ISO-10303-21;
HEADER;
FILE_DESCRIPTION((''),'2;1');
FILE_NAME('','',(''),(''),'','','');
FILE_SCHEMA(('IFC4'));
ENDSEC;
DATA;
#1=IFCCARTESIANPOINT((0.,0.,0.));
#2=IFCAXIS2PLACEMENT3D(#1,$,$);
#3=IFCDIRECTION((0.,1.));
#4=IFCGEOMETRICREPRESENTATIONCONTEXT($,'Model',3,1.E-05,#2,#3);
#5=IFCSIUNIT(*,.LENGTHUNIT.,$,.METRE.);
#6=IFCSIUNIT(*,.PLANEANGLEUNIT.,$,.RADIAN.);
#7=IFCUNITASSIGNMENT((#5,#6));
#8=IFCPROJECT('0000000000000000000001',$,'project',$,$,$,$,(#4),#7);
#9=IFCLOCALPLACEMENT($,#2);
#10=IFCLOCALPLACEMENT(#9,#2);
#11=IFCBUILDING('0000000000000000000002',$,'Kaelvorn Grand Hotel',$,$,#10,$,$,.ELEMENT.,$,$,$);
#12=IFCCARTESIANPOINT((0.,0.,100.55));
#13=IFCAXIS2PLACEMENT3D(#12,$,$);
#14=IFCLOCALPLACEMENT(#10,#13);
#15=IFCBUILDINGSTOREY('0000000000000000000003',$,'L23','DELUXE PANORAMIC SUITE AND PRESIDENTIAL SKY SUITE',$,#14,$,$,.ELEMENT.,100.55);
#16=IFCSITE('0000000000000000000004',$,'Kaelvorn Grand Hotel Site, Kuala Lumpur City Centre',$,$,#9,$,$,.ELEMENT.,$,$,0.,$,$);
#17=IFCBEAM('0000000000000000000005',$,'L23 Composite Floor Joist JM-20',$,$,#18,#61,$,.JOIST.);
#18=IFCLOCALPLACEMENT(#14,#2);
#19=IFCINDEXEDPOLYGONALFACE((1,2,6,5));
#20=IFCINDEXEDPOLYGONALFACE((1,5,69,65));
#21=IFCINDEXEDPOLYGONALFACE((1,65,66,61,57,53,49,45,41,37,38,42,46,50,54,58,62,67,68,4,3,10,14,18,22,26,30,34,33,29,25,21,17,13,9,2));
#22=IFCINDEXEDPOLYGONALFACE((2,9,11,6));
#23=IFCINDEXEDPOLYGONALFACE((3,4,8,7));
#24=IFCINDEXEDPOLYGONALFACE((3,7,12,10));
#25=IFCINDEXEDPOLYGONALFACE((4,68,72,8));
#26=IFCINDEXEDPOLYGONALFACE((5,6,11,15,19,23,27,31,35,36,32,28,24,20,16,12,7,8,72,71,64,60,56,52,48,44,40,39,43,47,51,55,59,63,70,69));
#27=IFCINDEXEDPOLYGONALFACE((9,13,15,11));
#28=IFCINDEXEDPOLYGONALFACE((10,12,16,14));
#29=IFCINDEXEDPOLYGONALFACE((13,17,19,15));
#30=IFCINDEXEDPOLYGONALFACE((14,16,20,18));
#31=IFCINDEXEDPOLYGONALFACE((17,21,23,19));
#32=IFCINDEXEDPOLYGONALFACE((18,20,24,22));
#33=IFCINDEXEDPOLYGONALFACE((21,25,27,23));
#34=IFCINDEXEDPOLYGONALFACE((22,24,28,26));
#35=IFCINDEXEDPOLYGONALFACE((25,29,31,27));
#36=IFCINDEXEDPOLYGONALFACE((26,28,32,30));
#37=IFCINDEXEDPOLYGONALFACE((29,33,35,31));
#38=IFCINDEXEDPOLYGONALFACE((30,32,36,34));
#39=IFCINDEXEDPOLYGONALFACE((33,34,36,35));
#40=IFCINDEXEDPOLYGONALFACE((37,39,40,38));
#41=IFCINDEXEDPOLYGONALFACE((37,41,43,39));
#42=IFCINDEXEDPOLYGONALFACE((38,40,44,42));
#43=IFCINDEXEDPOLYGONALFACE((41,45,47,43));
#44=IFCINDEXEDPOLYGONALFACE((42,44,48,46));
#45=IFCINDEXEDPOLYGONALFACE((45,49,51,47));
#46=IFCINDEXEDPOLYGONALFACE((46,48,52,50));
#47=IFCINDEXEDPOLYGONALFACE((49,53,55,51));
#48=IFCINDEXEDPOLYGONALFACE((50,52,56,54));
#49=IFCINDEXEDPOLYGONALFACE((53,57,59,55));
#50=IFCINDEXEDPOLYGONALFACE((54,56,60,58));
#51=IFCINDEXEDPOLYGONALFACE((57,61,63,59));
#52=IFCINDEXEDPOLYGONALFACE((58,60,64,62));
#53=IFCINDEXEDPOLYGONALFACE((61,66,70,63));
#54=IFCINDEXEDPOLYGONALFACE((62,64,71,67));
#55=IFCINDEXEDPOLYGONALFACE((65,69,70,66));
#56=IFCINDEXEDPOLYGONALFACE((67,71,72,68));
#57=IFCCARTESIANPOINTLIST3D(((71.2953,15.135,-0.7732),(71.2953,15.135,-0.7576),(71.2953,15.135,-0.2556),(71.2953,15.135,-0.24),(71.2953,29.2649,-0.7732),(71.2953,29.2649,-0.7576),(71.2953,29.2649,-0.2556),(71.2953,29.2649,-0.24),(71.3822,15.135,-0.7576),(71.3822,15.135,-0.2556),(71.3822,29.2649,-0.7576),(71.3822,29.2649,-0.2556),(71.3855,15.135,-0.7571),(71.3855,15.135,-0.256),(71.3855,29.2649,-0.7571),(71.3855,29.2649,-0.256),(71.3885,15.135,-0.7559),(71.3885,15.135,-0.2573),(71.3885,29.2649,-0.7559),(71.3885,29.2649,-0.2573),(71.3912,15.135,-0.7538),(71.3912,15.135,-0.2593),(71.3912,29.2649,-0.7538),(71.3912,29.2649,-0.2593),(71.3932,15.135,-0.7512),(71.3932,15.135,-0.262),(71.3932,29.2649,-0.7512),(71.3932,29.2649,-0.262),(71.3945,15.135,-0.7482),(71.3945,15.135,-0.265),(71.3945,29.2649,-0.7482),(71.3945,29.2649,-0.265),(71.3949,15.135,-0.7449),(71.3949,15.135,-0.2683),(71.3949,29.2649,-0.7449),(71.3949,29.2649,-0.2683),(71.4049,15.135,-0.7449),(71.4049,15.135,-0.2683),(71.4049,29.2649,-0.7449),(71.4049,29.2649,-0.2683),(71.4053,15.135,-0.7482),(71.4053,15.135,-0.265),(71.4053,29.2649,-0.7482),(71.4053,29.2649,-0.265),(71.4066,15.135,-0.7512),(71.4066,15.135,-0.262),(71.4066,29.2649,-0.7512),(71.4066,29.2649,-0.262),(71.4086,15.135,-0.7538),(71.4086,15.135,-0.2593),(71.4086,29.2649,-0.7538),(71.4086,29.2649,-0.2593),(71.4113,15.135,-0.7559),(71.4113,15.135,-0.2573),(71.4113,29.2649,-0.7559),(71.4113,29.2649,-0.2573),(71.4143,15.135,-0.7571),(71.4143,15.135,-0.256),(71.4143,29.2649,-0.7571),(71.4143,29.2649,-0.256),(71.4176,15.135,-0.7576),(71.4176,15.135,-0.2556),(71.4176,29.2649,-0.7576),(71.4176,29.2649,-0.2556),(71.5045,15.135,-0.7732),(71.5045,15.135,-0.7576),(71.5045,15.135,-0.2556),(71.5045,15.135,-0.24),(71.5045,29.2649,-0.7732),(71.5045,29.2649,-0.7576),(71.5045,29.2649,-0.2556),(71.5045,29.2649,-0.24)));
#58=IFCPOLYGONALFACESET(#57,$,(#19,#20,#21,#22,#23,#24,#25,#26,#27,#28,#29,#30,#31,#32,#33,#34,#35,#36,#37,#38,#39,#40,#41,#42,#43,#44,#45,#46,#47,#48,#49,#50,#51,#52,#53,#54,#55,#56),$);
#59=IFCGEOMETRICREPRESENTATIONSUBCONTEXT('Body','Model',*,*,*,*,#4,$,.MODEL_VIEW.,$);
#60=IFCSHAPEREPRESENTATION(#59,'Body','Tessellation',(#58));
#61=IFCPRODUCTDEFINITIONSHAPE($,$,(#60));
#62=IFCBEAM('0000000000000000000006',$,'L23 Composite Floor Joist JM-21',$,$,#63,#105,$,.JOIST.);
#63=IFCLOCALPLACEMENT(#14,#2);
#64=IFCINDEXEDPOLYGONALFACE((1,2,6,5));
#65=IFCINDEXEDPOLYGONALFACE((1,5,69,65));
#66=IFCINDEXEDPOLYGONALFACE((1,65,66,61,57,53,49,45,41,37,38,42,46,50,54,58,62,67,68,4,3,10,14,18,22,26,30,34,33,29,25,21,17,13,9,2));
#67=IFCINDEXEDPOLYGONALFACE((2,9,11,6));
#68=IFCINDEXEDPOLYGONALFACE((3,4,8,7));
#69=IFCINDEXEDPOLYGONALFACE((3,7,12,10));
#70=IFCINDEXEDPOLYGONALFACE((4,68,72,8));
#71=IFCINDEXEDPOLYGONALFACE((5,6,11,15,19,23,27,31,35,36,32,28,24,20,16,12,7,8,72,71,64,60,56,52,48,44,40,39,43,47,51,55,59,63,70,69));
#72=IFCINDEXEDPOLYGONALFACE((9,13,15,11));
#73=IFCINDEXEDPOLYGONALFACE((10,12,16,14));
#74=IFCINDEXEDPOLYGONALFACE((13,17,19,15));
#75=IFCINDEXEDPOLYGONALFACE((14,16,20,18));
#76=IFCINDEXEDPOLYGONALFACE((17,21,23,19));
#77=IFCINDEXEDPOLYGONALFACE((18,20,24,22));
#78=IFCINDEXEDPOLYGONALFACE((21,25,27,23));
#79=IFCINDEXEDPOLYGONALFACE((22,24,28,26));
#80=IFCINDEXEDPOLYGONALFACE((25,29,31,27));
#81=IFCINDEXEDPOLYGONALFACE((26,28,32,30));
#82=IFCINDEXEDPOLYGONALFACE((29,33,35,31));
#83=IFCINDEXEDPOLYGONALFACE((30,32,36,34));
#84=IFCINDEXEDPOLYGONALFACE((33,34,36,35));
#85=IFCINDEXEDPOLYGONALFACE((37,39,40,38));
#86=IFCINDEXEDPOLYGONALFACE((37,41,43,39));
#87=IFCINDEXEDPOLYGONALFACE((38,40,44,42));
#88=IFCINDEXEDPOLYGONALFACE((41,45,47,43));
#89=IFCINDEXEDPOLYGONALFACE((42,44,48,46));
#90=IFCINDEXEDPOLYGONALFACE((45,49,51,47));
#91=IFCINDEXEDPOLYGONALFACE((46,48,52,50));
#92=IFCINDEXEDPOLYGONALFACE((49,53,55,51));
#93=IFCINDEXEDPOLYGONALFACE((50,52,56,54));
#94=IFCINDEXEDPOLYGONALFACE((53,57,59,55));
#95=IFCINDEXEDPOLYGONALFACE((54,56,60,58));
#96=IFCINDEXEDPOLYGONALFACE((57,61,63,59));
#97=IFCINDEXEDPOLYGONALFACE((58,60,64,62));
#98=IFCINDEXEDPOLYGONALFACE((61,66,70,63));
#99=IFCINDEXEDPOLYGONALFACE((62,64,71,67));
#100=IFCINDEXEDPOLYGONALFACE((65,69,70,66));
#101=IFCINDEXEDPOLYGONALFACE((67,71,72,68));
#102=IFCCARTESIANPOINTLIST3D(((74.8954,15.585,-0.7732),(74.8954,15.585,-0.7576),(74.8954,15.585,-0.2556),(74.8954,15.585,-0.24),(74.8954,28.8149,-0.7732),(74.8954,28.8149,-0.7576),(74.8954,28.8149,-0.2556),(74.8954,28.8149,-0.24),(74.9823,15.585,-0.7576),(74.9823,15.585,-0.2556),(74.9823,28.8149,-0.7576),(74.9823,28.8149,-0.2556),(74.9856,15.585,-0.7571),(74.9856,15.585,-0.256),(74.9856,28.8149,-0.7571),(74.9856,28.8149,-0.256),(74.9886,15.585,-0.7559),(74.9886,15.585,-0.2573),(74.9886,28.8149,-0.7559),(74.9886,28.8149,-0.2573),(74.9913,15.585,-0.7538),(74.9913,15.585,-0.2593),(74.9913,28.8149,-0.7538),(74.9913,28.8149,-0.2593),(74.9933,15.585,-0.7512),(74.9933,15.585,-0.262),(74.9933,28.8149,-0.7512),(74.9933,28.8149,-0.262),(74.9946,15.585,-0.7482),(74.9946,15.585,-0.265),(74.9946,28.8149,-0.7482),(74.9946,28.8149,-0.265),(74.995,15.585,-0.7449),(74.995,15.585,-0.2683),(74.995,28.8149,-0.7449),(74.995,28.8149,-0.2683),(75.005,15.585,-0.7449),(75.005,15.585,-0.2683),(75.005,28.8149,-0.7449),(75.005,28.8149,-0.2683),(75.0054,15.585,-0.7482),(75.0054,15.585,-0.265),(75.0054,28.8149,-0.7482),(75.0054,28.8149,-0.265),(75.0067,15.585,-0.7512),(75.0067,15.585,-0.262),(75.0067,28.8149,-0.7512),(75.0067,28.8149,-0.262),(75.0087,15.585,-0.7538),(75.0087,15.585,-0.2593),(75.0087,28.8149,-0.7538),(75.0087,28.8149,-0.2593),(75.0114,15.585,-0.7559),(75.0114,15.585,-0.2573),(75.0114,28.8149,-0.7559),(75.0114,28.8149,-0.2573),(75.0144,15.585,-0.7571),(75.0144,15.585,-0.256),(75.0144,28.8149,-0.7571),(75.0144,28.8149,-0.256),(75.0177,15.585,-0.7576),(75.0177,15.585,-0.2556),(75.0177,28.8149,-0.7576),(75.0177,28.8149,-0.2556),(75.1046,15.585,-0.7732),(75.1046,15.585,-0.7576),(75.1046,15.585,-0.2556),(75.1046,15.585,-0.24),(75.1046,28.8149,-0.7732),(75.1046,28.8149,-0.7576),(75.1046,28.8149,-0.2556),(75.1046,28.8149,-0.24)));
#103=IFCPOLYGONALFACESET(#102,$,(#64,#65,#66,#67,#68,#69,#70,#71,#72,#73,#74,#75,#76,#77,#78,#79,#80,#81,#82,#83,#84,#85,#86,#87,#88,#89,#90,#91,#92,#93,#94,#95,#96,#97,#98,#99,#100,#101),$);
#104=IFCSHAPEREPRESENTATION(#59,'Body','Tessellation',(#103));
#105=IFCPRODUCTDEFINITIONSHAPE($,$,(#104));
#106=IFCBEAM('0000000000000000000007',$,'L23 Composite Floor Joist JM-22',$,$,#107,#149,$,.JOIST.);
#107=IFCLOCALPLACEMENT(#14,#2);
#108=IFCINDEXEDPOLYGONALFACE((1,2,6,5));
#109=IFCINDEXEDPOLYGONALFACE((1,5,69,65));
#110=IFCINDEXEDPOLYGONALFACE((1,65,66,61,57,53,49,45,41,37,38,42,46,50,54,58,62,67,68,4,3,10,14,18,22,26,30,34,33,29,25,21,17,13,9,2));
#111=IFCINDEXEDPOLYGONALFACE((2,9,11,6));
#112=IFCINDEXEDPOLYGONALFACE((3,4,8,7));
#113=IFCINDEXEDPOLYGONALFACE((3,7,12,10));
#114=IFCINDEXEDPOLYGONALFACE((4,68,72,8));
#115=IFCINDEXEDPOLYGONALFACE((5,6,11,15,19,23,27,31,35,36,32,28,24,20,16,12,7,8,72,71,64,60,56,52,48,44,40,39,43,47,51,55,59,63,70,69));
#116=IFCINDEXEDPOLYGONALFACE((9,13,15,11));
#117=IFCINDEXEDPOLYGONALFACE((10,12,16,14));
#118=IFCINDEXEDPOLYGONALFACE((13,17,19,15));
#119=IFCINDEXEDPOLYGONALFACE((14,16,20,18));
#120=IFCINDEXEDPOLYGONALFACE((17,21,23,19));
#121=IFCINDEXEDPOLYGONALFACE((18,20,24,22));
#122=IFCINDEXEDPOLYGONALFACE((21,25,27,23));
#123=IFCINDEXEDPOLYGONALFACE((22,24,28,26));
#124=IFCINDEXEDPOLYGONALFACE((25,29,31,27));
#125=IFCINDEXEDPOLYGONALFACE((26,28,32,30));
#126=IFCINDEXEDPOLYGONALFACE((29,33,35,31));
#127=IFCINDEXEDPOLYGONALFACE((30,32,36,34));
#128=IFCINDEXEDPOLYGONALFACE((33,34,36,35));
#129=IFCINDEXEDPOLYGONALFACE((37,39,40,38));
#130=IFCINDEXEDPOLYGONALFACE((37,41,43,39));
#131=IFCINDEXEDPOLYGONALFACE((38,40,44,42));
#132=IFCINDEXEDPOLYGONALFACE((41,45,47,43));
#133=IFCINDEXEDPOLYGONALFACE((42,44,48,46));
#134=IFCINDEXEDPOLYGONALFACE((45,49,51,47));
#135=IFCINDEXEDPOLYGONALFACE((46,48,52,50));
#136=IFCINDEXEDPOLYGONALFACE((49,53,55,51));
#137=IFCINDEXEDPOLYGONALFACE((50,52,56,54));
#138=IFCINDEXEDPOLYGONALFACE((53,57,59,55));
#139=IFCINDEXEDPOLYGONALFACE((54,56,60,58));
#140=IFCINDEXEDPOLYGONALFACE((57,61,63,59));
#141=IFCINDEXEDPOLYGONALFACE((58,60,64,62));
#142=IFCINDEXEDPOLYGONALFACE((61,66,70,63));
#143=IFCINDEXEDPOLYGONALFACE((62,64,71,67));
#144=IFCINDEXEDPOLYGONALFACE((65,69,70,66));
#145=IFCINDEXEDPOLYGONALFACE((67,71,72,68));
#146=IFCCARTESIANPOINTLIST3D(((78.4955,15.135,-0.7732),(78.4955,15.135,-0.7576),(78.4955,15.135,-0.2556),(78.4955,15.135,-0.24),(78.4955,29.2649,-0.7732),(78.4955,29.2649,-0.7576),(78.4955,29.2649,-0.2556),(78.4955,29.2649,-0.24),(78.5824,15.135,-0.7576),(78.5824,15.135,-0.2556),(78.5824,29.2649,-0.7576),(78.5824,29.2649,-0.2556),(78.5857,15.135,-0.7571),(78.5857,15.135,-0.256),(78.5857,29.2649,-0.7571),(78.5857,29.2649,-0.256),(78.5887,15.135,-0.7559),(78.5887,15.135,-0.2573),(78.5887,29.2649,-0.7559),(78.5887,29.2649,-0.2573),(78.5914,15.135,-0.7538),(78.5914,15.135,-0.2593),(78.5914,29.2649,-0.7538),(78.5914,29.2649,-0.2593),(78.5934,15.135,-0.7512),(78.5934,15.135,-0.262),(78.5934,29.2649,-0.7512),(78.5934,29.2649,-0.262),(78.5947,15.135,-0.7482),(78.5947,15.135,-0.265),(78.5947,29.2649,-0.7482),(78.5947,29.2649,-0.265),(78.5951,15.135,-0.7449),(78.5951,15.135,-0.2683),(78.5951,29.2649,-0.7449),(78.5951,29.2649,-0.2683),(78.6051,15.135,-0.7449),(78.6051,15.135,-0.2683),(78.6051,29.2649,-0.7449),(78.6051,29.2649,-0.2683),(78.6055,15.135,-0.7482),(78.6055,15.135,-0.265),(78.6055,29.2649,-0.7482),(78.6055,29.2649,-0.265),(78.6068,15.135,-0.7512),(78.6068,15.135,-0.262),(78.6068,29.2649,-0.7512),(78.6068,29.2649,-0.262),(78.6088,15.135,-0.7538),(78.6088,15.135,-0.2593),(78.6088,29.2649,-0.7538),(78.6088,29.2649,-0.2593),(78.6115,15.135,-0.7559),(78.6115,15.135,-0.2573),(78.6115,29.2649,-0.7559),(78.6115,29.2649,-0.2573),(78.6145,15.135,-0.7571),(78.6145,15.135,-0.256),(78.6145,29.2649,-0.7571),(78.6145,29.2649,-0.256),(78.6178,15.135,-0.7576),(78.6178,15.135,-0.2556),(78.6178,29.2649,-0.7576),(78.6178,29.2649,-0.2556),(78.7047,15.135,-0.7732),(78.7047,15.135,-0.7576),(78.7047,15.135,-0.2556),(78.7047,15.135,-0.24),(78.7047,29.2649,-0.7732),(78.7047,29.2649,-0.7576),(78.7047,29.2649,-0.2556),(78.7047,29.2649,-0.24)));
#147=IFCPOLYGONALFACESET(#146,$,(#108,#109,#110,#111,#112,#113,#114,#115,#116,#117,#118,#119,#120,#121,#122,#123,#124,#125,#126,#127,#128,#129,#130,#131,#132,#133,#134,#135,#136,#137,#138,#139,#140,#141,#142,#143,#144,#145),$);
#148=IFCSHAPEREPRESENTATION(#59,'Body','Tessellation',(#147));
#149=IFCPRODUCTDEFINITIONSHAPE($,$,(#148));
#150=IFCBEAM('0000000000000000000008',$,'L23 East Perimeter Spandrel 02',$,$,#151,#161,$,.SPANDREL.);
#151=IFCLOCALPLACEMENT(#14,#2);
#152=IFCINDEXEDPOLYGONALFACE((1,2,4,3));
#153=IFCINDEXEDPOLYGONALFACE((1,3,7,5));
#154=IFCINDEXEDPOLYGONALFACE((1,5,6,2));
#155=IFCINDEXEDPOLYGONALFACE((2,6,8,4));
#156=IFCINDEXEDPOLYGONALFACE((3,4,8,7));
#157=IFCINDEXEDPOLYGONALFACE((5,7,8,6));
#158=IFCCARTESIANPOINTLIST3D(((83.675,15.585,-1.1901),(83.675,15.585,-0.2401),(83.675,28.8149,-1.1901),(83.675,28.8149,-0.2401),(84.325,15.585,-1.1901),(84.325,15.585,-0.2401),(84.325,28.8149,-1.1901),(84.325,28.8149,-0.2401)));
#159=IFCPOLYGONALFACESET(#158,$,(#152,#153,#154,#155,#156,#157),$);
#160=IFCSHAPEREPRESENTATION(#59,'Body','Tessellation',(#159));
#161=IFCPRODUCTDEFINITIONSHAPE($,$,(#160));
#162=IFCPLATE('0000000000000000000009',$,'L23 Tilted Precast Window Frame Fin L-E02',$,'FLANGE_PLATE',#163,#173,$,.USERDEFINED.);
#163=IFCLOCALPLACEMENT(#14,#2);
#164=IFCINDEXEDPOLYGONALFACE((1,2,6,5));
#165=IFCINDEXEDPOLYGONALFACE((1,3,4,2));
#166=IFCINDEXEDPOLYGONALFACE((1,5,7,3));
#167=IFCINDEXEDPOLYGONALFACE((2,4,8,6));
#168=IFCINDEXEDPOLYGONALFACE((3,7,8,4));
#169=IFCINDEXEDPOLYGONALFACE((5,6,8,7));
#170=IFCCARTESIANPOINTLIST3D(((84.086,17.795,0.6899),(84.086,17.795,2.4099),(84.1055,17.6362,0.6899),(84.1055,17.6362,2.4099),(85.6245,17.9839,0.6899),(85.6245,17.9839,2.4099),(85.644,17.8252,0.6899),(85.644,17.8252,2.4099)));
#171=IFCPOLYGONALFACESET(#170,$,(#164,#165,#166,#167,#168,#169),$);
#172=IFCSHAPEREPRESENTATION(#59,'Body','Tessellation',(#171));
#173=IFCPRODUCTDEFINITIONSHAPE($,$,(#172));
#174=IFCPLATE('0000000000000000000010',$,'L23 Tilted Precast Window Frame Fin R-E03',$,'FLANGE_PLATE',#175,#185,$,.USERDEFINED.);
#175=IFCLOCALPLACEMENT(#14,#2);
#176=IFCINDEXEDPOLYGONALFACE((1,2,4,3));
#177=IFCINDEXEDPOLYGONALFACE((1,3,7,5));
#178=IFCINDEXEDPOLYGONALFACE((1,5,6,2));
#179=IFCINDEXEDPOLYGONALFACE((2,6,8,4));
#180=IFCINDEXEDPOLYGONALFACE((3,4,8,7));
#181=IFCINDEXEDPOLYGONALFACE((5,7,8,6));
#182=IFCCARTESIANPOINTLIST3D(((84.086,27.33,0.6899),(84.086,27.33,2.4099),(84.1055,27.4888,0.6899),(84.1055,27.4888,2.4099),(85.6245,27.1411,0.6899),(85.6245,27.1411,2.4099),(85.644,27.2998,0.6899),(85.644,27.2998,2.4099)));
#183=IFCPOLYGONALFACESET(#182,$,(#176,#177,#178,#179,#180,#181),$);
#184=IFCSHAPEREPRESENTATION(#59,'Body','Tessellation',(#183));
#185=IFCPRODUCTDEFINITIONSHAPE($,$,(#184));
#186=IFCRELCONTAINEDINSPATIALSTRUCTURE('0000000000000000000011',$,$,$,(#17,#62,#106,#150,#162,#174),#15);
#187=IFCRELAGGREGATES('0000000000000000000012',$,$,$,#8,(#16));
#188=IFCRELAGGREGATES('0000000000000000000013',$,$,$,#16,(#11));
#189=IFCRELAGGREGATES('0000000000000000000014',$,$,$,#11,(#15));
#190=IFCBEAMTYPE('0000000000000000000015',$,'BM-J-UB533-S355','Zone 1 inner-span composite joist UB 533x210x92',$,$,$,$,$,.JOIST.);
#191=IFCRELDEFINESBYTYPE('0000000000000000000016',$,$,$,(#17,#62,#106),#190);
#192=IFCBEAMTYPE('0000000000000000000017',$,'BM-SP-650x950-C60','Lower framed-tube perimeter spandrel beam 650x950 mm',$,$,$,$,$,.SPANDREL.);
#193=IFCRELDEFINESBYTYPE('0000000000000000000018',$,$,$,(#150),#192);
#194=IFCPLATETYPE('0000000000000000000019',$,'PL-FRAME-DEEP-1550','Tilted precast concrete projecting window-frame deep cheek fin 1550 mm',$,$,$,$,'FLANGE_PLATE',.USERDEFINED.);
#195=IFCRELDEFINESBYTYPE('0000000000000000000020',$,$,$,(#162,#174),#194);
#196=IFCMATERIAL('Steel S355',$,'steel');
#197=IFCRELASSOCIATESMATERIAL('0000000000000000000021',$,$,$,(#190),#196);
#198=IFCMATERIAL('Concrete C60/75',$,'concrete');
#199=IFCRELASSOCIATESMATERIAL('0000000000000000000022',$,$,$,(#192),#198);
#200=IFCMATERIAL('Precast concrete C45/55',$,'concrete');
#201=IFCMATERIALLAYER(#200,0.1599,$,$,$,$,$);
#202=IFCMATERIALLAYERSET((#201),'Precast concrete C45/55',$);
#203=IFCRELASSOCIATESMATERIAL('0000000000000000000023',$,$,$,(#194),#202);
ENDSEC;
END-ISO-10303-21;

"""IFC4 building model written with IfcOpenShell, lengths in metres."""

from ifc_helpers import new_model, si_unit, direction, frame, origin, origin_2d, place, context, subcontext, project, spatial, rectangle, i_section, extrude, material, layer, layer_set, material_profile, profile_set, type_object, element, save


model = new_model("IFC4")

# Units and contexts
model_context = context("Model", 3, precision=1e-05, world=origin(), true_north=direction((0.0, 1.0)))
body_context = subcontext(model_context, "Body", "Model", "MODEL_VIEW")
ifc_project = project(units=[si_unit("LENGTHUNIT", "METRE"), si_unit("PLANEANGLEUNIT", "RADIAN")], contexts=[model_context])

# Site, building, storey
site_placement = place(None, origin())
site = spatial("IfcSite", under=ifc_project, at=site_placement, Name="Kaelvorn Grand Hotel Site, Kuala Lumpur City Centre", CompositionType="ELEMENT", RefElevation=0.0)
building_placement = place(site_placement, origin())
building = spatial("IfcBuilding", under=site, at=building_placement, Name="Kaelvorn Grand Hotel", CompositionType="ELEMENT")
storey_placement = place(building_placement, frame((0.0, 0.0, 100.55)))
storey = spatial("IfcBuildingStorey", under=building, at=storey_placement, Name="L23", Description="DELUXE PANORAMIC SUITE AND PRESIDENTIAL SKY SUITE", CompositionType="ELEMENT", Elevation=100.55)

# Shared definitions
ifc_material_1 = material(Name="Concrete C60/75", Category="concrete")

# Beams
ifc_material_2 = material(Name="Steel S355", Category="steel")
ifc_material_profile_1 = material_profile(ifc_material_2, i_section(OverallWidth=0.2092, OverallDepth=0.5332, WebThickness=0.01, FlangeThickness=0.0156, FilletRadius=0.0127, at=origin_2d()), Name="UB 533x210x92")
ifc_profile_set_1 = profile_set([ifc_material_profile_1], Name="Steel S355")
beam_type_1 = type_object("IfcBeamType", Name="BM-J-UB533-S355", Description="Zone 1 inner-span composite joist UB 533x210x92", PredefinedType="JOIST", material=ifc_profile_set_1)
beam_1_placement = place(storey_placement, frame((71.3999, 15.135, -0.5066), z_axis=(0.0, 1.0, 0.0), x_axis=(-1.0, 0.0, 0.0)))
element("IfcBeam", 1, at=beam_1_placement, inside=storey, type_object=beam_type_1, Name="L23 Composite Floor Joist JM-20", PredefinedType="JOIST", context=body_context, shape_type="SweptSolid", body=[
    extrude(i_section(OverallWidth=0.2092, OverallDepth=0.5332, WebThickness=0.01, FlangeThickness=0.0156, FilletRadius=0.0127, at=origin_2d()), origin(), (0.0, 0.0, 1.0), 14.1299),
])
beam_2_placement = place(storey_placement, frame((75.0, 15.585, -0.5066), z_axis=(0.0, 1.0, 0.0), x_axis=(-1.0, 0.0, 0.0)))
element("IfcBeam", 2, at=beam_2_placement, inside=storey, type_object=beam_type_1, Name="L23 Composite Floor Joist JM-21", PredefinedType="JOIST", context=body_context, shape_type="SweptSolid", body=[
    extrude(i_section(OverallWidth=0.2092, OverallDepth=0.5332, WebThickness=0.01, FlangeThickness=0.0156, FilletRadius=0.0127, at=origin_2d()), origin(), (0.0, 0.0, 1.0), 13.23),
])
beam_3_placement = place(storey_placement, frame((78.6001, 15.135, -0.5066), z_axis=(0.0, 1.0, 0.0), x_axis=(-1.0, 0.0, 0.0)))
element("IfcBeam", 3, at=beam_3_placement, inside=storey, type_object=beam_type_1, Name="L23 Composite Floor Joist JM-22", PredefinedType="JOIST", context=body_context, shape_type="SweptSolid", body=[
    extrude(i_section(OverallWidth=0.2092, OverallDepth=0.5332, WebThickness=0.01, FlangeThickness=0.0156, FilletRadius=0.0127, at=origin_2d()), origin(), (0.0, 0.0, 1.0), 14.1299),
])
ifc_material_profile_2 = material_profile(ifc_material_1, rectangle(XDim=0.6499, YDim=0.95, at=origin_2d()), Name="RC SPANDREL 650x950")
ifc_profile_set_2 = profile_set([ifc_material_profile_2], Name="Concrete C60/75")
beam_type_2 = type_object("IfcBeamType", Name="BM-SP-650x950-C60", Description="Lower framed-tube perimeter spandrel beam 650x950 mm", PredefinedType="SPANDREL", material=ifc_profile_set_2)
beam_4_placement = place(storey_placement, frame((84.0, 15.585, -0.7151), z_axis=(0.0, 1.0, 0.0), x_axis=(-1.0, 0.0, 0.0)))
element("IfcBeam", 4, at=beam_4_placement, inside=storey, type_object=beam_type_2, Name="L23 East Perimeter Spandrel 02", PredefinedType="SPANDREL", context=body_context, shape_type="SweptSolid", body=[
    extrude(rectangle(XDim=0.6499, YDim=0.95, at=origin_2d()), origin(), (0.0, 0.0, 1.0), 13.23),
])

# Plates
ifc_material_3 = material(Name="Precast concrete C45/55", Category="concrete")
ifc_layer_1 = layer(ifc_material_3, 0.1599)
ifc_layer_set_1 = layer_set([ifc_layer_1], Name="Precast concrete C45/55")
plate_type_1 = type_object("IfcPlateType", Name="PL-FRAME-DEEP-1550", Description="Tilted precast concrete projecting window-frame deep cheek fin 1550 mm", ElementType="FLANGE_PLATE", PredefinedType="USERDEFINED", material=ifc_layer_set_1)
for number, where, z_axis, x_axis, name in (
    (5, (84.865, 17.8101, 0.6899), (0.0, 0.0, 1.0), (-0.121869, 0.992546, 0.0), "L23 Tilted Precast Window Frame Fin L-E02"),
    (6, (84.865, 27.3149, 0.6899), (0.0, 0.0, 1.0), (0.121869, 0.992546, 0.0), "L23 Tilted Precast Window Frame Fin R-E03"),
):
    element("IfcPlate", number, at=place(storey_placement, frame(where, z_axis=z_axis, x_axis=x_axis)), inside=storey, type_object=plate_type_1, Name=name, ObjectType="FLANGE_PLATE", PredefinedType="USERDEFINED", context=body_context, shape_type="SweptSolid", body=[
        extrude(rectangle(XDim=0.1599, YDim=1.55, at=origin_2d()), origin(), (0.0, 0.0, 1.0), 1.72),
    ])

save(model, "model.ifc")
